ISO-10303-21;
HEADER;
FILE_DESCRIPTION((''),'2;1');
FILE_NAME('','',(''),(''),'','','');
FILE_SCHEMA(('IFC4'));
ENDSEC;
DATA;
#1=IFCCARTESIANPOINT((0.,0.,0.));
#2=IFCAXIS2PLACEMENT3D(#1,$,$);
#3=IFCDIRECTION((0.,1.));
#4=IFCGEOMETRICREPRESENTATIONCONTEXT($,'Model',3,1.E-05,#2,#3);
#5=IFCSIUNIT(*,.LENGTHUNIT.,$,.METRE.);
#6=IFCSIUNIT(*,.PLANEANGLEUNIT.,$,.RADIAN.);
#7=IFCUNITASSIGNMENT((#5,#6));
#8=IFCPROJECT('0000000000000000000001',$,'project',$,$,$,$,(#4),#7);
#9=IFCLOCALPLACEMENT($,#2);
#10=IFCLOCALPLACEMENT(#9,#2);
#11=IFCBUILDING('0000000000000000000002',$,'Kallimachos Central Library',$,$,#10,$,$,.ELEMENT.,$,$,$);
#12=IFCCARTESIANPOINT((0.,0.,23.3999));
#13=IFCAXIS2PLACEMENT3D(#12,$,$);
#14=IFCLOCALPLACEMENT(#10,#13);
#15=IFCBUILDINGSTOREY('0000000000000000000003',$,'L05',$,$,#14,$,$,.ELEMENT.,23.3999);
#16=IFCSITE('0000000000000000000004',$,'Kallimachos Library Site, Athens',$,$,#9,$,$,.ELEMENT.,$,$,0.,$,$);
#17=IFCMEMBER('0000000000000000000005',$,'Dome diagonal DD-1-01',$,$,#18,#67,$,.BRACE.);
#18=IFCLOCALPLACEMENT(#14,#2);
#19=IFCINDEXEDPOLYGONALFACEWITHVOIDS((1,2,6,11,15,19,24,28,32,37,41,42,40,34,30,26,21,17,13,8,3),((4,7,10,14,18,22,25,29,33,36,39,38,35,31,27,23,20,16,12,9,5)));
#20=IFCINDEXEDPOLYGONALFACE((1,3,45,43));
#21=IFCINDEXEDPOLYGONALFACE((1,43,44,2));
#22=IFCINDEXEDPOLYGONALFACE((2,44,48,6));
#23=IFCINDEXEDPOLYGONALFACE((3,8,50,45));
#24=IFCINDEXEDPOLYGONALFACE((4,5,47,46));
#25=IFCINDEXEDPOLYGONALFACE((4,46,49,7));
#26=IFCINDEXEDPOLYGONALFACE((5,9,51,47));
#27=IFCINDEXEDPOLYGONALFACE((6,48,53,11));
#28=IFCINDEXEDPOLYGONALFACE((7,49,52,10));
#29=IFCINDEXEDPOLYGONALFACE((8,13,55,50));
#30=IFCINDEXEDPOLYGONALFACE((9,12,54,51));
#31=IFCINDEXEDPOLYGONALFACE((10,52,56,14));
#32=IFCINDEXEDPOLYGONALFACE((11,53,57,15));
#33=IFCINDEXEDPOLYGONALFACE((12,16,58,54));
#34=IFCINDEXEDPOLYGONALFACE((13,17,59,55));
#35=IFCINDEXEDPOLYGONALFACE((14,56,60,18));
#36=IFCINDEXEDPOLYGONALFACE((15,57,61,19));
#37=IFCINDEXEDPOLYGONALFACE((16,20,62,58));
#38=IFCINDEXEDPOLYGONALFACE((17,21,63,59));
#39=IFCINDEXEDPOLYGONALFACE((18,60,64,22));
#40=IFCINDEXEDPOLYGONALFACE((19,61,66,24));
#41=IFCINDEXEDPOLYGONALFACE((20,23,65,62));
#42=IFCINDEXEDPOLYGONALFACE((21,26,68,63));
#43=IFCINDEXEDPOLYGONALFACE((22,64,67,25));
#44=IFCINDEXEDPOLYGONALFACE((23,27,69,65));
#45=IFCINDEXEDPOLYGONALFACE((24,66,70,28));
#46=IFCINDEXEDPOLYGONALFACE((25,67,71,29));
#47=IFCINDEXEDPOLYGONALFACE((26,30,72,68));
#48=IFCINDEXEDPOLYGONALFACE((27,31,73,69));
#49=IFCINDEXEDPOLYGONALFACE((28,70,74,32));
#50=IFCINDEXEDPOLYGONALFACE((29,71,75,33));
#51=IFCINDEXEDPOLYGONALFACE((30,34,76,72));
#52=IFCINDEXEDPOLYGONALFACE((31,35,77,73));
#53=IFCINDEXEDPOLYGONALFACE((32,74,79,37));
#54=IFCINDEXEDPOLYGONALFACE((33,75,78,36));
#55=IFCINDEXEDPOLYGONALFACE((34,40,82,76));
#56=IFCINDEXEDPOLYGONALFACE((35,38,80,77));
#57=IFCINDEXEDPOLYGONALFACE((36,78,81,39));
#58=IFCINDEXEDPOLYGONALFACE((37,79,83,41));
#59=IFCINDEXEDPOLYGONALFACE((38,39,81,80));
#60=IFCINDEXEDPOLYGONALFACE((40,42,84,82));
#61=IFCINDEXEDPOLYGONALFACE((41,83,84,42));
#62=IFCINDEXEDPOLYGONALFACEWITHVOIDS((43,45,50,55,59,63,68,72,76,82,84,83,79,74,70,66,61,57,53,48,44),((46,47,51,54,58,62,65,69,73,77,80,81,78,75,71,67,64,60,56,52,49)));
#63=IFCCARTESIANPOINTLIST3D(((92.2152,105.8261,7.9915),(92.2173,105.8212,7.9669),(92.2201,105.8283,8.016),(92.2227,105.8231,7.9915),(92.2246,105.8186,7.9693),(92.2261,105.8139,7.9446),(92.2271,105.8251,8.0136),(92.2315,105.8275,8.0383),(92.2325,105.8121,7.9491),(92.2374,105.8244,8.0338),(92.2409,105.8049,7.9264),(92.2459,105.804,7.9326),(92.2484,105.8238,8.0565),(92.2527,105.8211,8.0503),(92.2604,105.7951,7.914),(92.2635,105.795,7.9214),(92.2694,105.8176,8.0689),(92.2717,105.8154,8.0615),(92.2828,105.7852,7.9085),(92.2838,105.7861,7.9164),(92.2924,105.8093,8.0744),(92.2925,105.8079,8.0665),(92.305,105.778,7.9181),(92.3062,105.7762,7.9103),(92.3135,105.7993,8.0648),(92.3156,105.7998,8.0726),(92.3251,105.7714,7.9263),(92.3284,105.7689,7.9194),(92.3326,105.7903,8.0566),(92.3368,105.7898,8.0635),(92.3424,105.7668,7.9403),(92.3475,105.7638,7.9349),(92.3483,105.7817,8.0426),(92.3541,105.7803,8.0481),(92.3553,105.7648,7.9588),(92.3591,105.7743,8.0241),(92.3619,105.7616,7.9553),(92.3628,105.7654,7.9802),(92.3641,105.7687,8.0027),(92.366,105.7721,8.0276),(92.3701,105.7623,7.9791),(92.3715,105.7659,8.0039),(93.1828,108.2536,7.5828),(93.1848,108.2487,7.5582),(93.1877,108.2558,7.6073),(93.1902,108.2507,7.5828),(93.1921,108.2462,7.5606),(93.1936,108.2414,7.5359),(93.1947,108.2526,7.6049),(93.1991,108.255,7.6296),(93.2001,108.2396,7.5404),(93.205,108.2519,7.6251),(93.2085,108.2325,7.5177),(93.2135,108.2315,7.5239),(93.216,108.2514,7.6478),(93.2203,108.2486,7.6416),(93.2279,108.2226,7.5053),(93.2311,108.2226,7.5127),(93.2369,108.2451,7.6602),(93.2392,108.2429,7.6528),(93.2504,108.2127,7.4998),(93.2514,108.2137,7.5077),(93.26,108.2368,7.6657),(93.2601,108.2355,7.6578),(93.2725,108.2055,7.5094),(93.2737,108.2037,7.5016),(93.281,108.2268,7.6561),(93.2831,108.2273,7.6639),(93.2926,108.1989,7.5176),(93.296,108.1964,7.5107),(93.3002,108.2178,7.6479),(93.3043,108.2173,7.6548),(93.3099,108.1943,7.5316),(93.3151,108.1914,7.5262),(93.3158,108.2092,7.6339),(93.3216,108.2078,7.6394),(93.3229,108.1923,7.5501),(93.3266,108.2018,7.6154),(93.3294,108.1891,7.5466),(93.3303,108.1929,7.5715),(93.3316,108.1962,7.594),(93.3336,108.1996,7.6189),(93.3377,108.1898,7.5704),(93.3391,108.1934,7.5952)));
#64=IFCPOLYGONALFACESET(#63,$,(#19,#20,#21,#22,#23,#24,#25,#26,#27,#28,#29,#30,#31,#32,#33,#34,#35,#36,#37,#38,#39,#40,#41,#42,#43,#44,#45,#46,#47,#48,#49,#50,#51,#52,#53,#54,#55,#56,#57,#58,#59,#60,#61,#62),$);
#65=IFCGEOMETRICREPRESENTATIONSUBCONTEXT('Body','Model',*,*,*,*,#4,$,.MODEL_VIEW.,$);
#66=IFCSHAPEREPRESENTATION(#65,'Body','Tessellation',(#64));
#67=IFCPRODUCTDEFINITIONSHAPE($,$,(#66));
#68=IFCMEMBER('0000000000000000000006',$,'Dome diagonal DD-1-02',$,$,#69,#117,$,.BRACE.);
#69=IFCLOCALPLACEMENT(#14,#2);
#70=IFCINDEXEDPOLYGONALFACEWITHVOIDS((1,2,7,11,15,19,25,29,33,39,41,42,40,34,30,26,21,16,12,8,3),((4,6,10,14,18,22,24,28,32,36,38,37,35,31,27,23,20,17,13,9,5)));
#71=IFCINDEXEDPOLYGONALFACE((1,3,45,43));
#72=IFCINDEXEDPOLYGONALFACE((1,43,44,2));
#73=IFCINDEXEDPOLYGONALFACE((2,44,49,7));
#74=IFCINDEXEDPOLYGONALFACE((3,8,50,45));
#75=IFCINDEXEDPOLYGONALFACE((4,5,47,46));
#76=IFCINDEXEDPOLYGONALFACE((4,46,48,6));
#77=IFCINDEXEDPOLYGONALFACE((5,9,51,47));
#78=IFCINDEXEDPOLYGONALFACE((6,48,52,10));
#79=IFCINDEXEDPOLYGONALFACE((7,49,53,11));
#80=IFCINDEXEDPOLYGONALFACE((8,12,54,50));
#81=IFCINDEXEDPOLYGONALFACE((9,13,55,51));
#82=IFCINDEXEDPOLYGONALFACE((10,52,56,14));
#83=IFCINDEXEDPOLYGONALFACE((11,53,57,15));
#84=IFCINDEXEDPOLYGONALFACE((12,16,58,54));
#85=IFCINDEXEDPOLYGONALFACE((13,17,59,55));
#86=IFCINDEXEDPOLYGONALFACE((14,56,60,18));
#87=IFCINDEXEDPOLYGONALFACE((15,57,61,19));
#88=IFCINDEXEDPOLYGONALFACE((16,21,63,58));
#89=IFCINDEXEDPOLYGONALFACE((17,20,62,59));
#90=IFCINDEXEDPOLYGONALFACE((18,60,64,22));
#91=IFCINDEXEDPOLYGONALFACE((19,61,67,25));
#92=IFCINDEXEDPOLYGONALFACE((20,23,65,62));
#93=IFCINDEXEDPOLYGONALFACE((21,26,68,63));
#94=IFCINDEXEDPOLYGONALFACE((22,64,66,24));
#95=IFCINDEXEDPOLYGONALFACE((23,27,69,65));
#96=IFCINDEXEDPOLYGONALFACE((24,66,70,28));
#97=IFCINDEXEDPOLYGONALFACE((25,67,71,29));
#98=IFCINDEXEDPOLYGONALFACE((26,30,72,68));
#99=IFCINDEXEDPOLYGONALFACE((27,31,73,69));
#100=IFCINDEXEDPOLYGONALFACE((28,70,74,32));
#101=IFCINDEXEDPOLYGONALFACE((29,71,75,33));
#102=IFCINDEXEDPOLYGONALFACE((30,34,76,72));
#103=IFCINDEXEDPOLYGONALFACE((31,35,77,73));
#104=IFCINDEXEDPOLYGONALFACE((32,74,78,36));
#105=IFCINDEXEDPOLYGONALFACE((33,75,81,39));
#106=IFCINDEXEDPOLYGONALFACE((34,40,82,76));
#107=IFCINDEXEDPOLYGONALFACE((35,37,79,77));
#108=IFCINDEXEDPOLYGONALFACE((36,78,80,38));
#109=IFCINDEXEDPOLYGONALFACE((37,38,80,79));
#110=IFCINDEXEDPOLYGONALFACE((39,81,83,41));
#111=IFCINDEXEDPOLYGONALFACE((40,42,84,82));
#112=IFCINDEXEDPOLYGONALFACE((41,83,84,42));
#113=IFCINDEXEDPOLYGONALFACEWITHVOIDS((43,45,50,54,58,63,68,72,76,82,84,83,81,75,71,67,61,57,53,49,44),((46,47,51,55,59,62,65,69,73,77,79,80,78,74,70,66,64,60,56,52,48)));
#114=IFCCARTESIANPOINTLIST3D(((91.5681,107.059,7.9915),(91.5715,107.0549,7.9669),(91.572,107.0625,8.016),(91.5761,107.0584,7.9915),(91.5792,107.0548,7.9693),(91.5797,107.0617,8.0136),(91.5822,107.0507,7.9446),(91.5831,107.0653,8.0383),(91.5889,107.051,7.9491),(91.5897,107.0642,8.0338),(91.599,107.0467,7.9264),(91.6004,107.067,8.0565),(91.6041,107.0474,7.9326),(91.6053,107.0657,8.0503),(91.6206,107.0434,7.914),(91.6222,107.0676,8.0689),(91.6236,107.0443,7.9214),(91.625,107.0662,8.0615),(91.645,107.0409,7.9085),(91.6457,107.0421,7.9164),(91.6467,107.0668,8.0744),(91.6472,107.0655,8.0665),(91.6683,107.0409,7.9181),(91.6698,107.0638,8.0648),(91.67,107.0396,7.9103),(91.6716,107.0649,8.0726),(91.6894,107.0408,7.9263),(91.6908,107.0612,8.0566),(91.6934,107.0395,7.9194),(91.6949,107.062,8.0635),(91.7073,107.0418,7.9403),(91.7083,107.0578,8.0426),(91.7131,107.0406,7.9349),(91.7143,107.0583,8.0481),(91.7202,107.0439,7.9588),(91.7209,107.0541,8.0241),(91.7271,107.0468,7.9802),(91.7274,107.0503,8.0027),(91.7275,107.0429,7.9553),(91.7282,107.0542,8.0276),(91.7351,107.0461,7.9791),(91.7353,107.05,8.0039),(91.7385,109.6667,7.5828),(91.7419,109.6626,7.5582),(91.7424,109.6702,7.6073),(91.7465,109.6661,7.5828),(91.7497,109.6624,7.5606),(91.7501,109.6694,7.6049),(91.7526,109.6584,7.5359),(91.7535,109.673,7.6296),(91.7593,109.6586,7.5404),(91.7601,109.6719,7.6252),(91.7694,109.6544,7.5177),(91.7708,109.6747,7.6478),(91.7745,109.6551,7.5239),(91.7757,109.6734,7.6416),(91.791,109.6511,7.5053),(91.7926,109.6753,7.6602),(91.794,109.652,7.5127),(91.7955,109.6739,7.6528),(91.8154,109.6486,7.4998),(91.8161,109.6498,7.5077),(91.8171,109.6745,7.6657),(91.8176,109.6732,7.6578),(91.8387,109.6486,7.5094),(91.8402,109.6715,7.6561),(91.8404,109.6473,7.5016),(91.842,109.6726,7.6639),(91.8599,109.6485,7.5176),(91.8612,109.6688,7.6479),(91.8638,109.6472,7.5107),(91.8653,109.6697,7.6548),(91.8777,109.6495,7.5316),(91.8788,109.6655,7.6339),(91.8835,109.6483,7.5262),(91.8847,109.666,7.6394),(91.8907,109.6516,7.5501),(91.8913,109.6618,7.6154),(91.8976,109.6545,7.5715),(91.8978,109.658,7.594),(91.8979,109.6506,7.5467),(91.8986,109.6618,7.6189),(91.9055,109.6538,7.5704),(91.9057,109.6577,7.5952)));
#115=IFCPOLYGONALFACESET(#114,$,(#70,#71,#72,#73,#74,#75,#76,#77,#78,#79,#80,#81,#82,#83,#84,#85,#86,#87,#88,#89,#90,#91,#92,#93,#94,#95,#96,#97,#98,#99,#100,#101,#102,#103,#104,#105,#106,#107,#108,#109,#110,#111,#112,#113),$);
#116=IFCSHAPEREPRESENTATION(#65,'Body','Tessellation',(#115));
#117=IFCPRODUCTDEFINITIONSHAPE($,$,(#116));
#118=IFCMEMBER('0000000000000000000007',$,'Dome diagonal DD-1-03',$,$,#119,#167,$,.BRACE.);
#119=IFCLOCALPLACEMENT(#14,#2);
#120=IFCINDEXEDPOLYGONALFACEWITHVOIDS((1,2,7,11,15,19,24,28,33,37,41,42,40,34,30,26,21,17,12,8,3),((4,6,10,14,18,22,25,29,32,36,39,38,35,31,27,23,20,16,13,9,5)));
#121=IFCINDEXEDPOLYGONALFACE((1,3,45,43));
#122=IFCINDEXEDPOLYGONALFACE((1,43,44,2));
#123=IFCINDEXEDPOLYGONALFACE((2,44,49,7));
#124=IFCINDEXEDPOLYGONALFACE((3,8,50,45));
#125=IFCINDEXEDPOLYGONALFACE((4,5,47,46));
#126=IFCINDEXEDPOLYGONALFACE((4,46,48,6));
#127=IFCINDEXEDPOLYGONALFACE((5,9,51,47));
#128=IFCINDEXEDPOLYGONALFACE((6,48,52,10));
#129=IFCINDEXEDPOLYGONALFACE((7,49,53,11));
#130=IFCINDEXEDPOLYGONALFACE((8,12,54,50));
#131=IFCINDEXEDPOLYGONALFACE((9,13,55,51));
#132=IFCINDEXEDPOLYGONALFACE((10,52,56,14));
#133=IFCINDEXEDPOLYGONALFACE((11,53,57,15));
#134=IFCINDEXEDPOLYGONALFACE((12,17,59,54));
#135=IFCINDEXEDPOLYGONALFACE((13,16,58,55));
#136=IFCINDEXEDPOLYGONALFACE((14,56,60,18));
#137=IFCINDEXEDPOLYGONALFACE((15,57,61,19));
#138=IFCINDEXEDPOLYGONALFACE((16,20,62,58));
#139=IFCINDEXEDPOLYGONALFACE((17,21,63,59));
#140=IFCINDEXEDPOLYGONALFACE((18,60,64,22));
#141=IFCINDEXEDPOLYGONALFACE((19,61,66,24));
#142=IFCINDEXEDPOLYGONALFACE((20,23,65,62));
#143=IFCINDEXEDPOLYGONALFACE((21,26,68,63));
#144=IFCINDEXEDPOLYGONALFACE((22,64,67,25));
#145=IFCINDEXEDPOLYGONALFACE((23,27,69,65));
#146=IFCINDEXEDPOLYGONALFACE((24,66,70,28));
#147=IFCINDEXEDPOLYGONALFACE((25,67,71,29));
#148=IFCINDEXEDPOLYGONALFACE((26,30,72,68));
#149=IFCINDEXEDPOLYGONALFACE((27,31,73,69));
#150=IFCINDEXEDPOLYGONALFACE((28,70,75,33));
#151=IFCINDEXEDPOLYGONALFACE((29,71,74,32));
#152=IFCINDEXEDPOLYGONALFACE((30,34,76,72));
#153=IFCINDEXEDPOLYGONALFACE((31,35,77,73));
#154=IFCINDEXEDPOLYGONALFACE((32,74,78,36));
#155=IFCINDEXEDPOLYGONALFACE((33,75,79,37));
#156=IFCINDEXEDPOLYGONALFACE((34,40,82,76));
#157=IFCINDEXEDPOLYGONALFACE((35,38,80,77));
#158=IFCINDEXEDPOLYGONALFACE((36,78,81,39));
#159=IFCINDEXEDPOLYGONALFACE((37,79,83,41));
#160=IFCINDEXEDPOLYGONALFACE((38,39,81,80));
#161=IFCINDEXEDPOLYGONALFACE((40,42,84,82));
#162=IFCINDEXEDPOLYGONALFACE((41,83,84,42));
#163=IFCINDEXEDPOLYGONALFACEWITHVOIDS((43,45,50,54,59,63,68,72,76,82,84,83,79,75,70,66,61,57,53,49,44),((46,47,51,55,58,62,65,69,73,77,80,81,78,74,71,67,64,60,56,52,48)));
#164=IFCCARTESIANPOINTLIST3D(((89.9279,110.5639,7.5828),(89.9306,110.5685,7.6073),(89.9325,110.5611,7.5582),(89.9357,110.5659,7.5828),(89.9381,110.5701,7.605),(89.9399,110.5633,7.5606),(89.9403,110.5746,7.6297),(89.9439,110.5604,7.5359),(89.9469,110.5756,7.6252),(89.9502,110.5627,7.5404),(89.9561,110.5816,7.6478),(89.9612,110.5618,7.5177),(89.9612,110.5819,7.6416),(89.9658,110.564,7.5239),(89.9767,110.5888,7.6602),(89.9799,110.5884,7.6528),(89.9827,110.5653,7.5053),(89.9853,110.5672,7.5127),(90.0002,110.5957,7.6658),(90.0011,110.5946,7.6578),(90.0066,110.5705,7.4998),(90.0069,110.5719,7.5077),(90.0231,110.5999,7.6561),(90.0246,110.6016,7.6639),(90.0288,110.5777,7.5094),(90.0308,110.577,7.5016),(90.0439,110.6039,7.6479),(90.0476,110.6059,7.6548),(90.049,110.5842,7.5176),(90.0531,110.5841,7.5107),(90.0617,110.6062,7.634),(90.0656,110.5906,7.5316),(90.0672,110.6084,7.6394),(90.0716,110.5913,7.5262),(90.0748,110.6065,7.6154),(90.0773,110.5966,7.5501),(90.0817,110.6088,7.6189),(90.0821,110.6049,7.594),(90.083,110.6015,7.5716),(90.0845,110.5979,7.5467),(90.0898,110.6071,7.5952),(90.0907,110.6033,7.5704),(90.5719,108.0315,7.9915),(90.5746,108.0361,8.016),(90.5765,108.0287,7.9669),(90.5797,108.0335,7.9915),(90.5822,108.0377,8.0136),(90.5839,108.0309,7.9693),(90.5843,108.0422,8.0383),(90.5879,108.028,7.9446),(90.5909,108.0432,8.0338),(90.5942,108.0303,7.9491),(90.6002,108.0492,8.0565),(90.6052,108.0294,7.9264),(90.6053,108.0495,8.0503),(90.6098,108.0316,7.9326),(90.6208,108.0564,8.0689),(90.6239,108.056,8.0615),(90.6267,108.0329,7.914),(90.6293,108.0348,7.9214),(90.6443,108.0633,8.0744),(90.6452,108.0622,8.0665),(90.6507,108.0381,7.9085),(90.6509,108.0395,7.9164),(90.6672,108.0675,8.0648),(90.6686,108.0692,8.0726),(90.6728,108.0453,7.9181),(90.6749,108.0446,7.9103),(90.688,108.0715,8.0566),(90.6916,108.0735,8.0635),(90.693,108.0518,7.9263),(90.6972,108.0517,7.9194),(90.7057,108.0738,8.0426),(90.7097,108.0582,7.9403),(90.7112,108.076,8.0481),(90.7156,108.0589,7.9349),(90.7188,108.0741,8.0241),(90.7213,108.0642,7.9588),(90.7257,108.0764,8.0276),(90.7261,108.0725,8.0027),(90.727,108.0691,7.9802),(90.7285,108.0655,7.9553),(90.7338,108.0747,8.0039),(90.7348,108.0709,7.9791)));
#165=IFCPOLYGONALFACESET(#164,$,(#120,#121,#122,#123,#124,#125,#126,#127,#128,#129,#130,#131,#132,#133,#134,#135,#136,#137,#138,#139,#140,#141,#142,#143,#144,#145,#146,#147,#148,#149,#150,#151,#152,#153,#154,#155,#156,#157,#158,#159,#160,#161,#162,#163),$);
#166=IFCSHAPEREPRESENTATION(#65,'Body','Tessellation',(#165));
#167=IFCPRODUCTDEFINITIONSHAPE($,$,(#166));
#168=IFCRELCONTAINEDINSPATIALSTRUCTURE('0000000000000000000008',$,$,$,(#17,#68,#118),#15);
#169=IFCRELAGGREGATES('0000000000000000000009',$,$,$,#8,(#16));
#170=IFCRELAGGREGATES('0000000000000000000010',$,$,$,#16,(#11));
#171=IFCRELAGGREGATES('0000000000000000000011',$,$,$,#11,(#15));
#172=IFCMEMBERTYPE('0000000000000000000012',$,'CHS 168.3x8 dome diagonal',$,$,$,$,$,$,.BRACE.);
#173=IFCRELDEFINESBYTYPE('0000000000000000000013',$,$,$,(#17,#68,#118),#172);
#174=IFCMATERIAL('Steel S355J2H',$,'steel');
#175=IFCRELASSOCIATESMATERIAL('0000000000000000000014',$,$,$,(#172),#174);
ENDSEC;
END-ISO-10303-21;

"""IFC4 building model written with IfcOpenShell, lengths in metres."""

from ifc_helpers import new_model, si_unit, direction, frame, origin, origin_2d, place, context, subcontext, project, spatial, hollow_circle, extrude, material, material_profile, profile_set, type_object, element, save


model = new_model("IFC4")

# Units and contexts
model_context = context("Model", 3, precision=1e-05, world=origin(), true_north=direction((0.0, 1.0)))
body_context = subcontext(model_context, "Body", "Model", "MODEL_VIEW")
ifc_project = project(units=[si_unit("LENGTHUNIT", "METRE"), si_unit("PLANEANGLEUNIT", "RADIAN")], contexts=[model_context])

# Site, building, storey
site_placement = place(None, origin())
site = spatial("IfcSite", under=ifc_project, at=site_placement, Name="Kallimachos Library Site, Athens", CompositionType="ELEMENT", RefElevation=0.0)
building_placement = place(site_placement, origin())
building = spatial("IfcBuilding", under=site, at=building_placement, Name="Kallimachos Central Library", CompositionType="ELEMENT")
storey_placement = place(building_placement, frame((0.0, 0.0, 23.3999)))
storey = spatial("IfcBuildingStorey", under=building, at=storey_placement, Name="L05", CompositionType="ELEMENT", Elevation=23.3999)

# Members
ifc_material_1 = material(Name="Steel S355J2H", Category="steel")
ifc_material_profile_1 = material_profile(ifc_material_1, hollow_circle(Radius=0.0842, WallThickness=0.0081, at=origin_2d()), Name="CHS 168.3x8")
ifc_profile_set_1 = profile_set([ifc_material_profile_1], Name="Steel S355J2H")
member_type_1 = type_object("IfcMemberType", Name="CHS 168.3x8 dome diagonal", PredefinedType="BRACE", material=ifc_profile_set_1)
for number, where, z_axis, x_axis, name in (
    (1, (92.2935, 105.7949, 7.9915), (0.3658, 0.917777, -0.154517), (-0.928933, 0.370247, 0.0), "Dome diagonal DD-1-01"),
    (2, (91.6521, 107.0535, 7.9915), (0.064427, 0.985888, -0.154515), (-0.997872, 0.065211, 0.0), "Dome diagonal DD-1-02"),
):
    element("IfcMember", number, at=place(storey_placement, frame(where, z_axis=z_axis, x_axis=x_axis)), inside=storey, type_object=member_type_1, Name=name, PredefinedType="BRACE", context=body_context, shape_type="SweptSolid", body=[
        extrude(hollow_circle(Radius=0.0842, WallThickness=0.0081, at=origin_2d()), origin(), (0.0, 0.0, 1.0), 2.645),
    ])
member_1_placement = place(storey_placement, frame((90.6536, 108.0522, 7.9915), z_axis=(-0.243508, 0.95751, -0.154524), x_axis=(-0.969151, -0.246469, 0.0)))
element("IfcMember", 3, at=member_1_placement, inside=storey, type_object=member_type_1, Name="Dome diagonal DD-1-03", PredefinedType="BRACE", context=body_context, shape_type="SweptSolid", body=[
    extrude(hollow_circle(Radius=0.0842, WallThickness=0.0081, at=origin_2d()), origin(), (0.0, 0.0, 1.0), 2.6448),
])

save(model, "model.ifc")
